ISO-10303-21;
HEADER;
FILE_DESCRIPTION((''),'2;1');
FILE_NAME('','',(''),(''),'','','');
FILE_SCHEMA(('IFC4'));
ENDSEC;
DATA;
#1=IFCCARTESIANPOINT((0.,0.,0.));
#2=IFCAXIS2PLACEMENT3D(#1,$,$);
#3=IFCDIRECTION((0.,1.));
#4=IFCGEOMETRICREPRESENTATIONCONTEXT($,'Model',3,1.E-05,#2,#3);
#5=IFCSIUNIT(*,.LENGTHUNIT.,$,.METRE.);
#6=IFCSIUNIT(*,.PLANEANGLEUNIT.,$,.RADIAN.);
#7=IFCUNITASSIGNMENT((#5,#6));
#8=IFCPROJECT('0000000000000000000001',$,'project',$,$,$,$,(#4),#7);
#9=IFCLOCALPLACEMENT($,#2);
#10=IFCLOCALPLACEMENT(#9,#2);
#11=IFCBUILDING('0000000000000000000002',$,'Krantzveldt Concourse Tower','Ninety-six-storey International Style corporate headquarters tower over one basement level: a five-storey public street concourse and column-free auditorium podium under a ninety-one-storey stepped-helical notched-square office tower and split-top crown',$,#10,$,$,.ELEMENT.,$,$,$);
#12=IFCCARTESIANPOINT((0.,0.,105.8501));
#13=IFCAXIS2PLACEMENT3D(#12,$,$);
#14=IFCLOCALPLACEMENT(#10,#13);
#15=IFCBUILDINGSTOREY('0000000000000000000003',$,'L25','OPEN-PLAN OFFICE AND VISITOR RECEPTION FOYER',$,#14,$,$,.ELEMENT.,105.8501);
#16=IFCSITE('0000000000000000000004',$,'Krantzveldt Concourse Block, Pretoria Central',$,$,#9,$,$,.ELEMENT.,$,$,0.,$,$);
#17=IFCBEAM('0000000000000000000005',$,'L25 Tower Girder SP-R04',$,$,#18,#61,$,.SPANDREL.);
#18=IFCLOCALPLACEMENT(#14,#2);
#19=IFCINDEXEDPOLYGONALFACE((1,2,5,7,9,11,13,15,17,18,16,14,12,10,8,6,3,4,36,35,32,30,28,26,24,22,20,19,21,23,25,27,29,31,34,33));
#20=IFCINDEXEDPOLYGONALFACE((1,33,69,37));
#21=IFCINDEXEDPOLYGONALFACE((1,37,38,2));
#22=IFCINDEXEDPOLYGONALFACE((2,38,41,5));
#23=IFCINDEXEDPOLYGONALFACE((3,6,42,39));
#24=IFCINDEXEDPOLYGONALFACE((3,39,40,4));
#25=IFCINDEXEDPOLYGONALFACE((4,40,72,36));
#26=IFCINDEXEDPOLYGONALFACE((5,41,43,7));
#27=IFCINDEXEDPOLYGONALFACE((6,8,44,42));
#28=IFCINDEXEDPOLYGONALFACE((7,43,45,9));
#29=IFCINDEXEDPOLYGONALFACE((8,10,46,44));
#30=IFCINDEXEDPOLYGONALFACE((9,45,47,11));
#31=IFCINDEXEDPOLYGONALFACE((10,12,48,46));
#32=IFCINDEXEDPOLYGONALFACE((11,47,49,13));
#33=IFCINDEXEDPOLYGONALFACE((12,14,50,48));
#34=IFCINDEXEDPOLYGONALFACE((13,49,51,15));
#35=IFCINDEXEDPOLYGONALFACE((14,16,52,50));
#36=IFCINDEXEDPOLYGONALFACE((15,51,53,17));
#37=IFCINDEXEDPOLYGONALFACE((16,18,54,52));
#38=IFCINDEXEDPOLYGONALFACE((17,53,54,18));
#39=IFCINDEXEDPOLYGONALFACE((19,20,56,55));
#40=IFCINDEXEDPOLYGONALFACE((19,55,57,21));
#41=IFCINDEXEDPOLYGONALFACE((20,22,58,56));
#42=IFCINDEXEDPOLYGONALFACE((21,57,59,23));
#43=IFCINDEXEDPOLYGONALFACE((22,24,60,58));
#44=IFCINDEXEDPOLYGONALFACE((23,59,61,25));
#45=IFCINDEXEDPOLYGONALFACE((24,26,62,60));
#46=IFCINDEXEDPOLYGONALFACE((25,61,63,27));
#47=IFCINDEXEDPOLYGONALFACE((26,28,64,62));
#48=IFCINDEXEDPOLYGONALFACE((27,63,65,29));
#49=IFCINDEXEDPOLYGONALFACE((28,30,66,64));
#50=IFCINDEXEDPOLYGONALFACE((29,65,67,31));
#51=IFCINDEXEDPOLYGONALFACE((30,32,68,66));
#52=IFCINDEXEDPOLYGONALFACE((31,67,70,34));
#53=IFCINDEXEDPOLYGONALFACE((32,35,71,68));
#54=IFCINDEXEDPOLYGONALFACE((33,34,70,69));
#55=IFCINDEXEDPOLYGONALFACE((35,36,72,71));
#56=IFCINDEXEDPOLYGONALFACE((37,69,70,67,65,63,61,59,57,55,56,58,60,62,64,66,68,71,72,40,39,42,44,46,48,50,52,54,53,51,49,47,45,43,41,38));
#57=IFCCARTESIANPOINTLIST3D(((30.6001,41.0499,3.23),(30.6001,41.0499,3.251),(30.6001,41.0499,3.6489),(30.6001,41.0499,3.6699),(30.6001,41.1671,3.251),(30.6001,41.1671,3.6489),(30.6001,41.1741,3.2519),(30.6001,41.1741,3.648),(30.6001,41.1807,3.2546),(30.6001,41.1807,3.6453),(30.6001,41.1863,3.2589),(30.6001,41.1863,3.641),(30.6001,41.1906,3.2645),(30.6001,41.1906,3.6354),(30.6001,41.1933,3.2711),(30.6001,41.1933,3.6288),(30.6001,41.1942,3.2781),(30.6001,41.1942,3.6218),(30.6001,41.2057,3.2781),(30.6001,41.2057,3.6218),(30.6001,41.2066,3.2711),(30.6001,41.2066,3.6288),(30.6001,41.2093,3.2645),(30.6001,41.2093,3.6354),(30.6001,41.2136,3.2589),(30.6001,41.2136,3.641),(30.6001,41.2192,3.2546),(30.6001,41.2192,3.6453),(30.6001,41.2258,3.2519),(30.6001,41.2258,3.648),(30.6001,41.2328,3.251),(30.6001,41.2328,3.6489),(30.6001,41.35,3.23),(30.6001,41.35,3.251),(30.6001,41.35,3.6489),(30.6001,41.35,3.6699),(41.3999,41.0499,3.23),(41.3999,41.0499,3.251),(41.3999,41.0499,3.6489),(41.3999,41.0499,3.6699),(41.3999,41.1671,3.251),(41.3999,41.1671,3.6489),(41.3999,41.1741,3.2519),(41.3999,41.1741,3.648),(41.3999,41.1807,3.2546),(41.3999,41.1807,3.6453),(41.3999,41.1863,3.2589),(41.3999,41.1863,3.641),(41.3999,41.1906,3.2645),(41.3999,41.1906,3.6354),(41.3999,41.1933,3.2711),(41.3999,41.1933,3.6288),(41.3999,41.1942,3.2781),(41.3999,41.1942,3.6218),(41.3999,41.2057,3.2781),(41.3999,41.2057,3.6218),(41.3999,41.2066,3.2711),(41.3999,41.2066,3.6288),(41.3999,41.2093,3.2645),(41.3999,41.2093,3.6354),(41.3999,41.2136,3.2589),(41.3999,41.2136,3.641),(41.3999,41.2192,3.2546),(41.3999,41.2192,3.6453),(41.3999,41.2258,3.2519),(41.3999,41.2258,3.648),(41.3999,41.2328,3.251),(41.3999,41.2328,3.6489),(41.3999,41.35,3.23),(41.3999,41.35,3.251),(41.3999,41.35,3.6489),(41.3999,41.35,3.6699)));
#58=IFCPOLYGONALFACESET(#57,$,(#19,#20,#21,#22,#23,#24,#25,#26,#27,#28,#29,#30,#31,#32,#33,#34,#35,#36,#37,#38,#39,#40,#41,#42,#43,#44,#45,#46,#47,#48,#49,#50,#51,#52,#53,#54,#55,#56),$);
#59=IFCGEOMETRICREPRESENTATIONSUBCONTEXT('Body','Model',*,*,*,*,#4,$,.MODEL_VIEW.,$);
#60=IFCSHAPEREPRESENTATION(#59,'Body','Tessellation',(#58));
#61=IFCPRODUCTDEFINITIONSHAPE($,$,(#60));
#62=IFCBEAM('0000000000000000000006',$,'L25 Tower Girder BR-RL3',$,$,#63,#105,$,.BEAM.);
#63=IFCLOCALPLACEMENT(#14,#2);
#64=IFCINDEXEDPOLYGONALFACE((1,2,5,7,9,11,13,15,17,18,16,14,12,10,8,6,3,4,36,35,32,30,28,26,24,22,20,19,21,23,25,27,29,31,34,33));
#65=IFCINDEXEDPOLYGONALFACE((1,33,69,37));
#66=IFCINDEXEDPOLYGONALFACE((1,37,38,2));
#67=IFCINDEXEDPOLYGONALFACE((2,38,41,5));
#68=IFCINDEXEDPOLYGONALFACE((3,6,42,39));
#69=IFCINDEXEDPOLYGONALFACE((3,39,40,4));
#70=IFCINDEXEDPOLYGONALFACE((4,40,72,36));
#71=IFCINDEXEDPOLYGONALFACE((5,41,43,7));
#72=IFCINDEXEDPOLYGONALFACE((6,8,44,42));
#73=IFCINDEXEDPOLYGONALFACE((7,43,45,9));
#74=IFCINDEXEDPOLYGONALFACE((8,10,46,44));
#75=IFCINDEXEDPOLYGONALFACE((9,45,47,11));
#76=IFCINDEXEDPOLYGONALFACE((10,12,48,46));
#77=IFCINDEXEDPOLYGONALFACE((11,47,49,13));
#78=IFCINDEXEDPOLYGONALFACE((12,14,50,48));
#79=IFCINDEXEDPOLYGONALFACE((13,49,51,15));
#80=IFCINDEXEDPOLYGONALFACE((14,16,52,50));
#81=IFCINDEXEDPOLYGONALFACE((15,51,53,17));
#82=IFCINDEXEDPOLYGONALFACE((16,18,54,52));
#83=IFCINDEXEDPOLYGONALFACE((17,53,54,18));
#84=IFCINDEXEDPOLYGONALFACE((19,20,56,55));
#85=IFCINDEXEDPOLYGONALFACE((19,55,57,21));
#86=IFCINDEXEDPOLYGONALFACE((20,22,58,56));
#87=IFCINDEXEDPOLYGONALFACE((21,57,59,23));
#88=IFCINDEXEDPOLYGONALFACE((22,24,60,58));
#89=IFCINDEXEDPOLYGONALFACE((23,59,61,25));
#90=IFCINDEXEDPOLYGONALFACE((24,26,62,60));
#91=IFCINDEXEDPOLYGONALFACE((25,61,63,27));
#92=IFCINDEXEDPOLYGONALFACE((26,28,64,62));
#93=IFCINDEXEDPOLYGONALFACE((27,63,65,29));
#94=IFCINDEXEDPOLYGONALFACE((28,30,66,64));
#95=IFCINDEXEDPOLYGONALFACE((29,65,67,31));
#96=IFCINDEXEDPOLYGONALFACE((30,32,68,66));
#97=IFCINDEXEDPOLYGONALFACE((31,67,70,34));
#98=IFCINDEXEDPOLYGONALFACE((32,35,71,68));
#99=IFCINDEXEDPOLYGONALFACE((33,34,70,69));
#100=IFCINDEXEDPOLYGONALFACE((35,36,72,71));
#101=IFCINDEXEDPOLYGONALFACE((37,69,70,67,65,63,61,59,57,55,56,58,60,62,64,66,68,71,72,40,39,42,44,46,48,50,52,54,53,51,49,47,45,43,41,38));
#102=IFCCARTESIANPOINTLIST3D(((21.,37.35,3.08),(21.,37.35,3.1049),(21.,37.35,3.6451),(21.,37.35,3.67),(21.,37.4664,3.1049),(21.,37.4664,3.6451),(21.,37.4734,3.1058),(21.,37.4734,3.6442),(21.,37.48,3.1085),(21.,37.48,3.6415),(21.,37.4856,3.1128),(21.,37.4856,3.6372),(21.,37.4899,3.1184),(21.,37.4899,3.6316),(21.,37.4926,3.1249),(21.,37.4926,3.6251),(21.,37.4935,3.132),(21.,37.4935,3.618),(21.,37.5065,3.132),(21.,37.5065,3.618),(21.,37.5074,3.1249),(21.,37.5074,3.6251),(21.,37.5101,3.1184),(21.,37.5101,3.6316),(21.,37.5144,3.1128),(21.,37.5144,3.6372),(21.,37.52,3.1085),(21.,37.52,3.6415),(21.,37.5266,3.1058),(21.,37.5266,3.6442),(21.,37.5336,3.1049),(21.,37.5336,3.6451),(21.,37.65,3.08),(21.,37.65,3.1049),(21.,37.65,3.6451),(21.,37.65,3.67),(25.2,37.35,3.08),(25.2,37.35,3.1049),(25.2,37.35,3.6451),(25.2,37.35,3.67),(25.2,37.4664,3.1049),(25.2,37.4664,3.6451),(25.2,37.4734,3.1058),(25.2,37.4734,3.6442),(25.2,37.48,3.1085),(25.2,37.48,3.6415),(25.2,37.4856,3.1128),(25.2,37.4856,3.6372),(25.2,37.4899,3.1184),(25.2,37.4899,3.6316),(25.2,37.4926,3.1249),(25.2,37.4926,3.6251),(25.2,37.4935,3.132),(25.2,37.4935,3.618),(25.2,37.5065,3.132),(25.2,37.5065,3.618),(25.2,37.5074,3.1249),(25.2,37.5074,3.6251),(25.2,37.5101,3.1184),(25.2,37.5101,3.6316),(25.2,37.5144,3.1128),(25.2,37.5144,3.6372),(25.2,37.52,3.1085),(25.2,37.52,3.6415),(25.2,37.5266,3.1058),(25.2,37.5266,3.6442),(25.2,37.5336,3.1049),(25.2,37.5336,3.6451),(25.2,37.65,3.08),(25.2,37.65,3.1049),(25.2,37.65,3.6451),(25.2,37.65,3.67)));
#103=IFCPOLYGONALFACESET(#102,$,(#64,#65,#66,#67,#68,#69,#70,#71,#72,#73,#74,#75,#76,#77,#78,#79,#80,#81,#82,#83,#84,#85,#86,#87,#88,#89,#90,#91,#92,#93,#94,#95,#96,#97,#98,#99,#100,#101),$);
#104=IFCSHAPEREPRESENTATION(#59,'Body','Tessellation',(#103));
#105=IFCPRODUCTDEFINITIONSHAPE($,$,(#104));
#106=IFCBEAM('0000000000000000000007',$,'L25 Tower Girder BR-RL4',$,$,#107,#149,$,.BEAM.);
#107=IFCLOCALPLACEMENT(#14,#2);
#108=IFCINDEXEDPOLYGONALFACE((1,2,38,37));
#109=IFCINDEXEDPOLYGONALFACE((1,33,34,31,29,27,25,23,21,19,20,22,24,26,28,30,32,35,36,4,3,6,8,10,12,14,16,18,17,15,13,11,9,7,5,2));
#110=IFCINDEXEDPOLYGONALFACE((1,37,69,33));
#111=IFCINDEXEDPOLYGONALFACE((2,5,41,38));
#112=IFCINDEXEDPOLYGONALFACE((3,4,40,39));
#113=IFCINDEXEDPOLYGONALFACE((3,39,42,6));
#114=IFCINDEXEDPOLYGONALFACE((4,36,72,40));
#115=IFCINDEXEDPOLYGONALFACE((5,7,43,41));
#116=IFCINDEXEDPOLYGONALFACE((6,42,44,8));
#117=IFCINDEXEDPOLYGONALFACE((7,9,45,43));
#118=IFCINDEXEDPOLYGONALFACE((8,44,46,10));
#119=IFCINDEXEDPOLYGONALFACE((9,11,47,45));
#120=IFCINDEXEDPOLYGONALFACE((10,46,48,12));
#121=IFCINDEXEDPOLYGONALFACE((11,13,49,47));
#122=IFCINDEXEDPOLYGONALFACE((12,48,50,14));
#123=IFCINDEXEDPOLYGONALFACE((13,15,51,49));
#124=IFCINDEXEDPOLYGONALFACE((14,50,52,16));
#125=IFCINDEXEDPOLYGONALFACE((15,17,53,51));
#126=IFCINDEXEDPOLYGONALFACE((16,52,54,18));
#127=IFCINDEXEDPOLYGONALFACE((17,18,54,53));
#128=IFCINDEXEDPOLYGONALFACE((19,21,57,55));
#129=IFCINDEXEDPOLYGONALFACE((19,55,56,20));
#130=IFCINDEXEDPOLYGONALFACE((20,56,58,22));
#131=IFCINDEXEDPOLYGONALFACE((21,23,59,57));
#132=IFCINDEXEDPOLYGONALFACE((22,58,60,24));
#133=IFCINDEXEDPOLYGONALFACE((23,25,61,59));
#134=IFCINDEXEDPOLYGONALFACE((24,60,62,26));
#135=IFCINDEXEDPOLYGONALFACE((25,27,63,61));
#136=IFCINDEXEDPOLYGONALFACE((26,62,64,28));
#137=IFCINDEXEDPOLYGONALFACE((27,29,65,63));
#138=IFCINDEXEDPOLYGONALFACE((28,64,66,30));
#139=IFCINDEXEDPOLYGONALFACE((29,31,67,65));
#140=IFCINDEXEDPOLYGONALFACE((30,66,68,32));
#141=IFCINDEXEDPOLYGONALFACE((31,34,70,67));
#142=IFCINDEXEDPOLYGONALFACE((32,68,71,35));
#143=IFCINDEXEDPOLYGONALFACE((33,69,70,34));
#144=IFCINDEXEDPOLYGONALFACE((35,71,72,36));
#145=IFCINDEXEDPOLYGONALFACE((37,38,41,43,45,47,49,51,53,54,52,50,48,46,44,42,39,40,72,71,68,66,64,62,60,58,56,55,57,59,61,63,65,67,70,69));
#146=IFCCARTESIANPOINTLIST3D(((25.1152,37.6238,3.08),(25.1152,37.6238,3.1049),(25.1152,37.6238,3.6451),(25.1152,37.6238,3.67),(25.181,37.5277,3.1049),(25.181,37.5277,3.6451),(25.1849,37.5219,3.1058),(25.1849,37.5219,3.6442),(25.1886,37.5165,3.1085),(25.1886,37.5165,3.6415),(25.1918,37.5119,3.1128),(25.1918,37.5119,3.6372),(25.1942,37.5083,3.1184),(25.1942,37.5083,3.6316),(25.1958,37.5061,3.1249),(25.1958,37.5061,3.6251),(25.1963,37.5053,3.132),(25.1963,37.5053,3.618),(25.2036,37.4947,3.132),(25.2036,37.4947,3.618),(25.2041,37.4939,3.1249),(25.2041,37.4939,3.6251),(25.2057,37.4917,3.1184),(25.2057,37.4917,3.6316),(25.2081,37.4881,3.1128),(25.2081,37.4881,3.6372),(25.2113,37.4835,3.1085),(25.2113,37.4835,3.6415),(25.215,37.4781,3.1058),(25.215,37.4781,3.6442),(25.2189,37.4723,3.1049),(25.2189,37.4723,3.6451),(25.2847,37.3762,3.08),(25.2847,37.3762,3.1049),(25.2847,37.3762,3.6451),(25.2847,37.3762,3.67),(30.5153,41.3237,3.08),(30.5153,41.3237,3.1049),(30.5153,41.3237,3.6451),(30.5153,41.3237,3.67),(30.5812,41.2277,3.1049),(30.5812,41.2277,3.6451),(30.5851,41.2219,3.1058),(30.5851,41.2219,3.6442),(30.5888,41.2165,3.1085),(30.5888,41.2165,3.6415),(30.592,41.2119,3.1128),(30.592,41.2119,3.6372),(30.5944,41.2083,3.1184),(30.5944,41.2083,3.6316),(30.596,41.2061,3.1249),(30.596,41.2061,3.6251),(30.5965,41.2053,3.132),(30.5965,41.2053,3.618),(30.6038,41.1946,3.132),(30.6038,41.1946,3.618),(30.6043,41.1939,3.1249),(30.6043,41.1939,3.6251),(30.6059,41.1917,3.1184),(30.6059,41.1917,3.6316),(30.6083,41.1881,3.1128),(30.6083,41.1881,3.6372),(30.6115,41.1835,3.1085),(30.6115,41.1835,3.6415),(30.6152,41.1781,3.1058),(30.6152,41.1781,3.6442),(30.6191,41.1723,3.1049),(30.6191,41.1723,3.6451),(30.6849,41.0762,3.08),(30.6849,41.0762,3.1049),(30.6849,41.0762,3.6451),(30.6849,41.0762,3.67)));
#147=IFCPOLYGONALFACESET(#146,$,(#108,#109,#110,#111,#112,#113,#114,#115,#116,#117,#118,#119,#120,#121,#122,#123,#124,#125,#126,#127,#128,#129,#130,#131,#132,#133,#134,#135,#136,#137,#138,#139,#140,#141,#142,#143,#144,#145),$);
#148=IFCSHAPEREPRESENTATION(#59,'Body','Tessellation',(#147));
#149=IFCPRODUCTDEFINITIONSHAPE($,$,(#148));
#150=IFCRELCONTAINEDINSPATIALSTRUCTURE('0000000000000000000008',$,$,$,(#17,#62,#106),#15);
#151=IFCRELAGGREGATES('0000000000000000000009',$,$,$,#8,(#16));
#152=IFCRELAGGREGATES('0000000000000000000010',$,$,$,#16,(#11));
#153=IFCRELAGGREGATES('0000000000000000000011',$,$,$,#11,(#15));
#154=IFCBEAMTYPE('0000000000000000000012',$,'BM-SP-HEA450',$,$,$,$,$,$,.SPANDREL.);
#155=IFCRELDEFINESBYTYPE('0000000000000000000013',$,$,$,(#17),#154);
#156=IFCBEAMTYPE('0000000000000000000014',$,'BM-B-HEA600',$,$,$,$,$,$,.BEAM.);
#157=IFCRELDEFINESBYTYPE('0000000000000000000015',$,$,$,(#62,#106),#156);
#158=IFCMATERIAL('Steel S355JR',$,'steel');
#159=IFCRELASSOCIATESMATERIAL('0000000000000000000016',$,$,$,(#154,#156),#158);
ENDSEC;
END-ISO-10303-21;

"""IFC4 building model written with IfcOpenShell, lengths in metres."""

from ifc_helpers import new_model, si_unit, direction, frame, origin, origin_2d, place, context, subcontext, project, spatial, i_section, extrude, source, transform, mapped, material, material_profile, profile_set, type_object, type_shapes, element, save


model = new_model("IFC4")

# Units and contexts
model_context = context("Model", 3, precision=1e-05, world=origin(), true_north=direction((0.0, 1.0)))
body_context = subcontext(model_context, "Body", "Model", "MODEL_VIEW")
ifc_project = project(units=[si_unit("LENGTHUNIT", "METRE"), si_unit("PLANEANGLEUNIT", "RADIAN")], contexts=[model_context])

# Site, building, storey
site_placement = place(None, origin())
site = spatial("IfcSite", under=ifc_project, at=site_placement, Name="Krantzveldt Concourse Block, Pretoria Central", CompositionType="ELEMENT", RefElevation=0.0)
building_placement = place(site_placement, origin())
building = spatial("IfcBuilding", under=site, at=building_placement, Name="Krantzveldt Concourse Tower", Description="Ninety-six-storey International Style corporate headquarters tower over one basement level: a five-storey public street concourse and column-free auditorium podium under a ninety-one-storey stepped-helical notched-square office tower and split-top crown", CompositionType="ELEMENT")
storey_placement = place(building_placement, frame((0.0, 0.0, 105.8501)))
storey = spatial("IfcBuildingStorey", under=building, at=storey_placement, Name="L25", Description="OPEN-PLAN OFFICE AND VISITOR RECEPTION FOYER", CompositionType="ELEMENT", Elevation=105.8501)

# Beams
ifc_material_1 = material(Name="Steel S355JR", Category="steel")
ifc_material_profile_1 = material_profile(ifc_material_1, i_section(OverallWidth=0.3, OverallDepth=0.4399, WebThickness=0.0115, FlangeThickness=0.021, FilletRadius=0.0271, at=origin_2d()), Name="Steel S355JR", Category="steel")
ifc_profile_set_1 = profile_set([ifc_material_profile_1], Name="Steel S355JR - HEA 450")
beam_type_1 = type_object("IfcBeamType", Name="BM-SP-HEA450", PredefinedType="SPANDREL", material=ifc_profile_set_1)
shared_shape_1 = source(origin(), body_context, "Body", "SweptSolid", [
    extrude(i_section(OverallWidth=0.3, OverallDepth=0.4399, WebThickness=0.0115, FlangeThickness=0.021, FilletRadius=0.0271, at=origin_2d()), origin(), (0.0, 0.0, 1.0), 10.7998),
])
beam_1_placement = place(storey_placement, frame((30.6001, 41.2, 3.45), z_axis=(1.0, 0.0, 0.0), x_axis=(0.0, 1.0, 0.0)))
element("IfcBeam", 1, at=beam_1_placement, inside=storey, type_object=beam_type_1, Name="L25 Tower Girder SP-R04", PredefinedType="SPANDREL", context=body_context, shape_type="MappedRepresentation", body=[
    mapped(shared_shape_1, transform((0.0, 0.0, 0.0), x_axis=(1.0, 0.0, 0.0), y_axis=(0.0, 1.0, 0.0), z_axis=(0.0, 0.0, 1.0), scale=1.0)),
])
ifc_material_profile_2 = material_profile(ifc_material_1, i_section(OverallWidth=0.3, OverallDepth=0.5901, WebThickness=0.0129, FlangeThickness=0.0249, FilletRadius=0.0271, at=origin_2d()), Name="Steel S355JR", Category="steel")
ifc_profile_set_2 = profile_set([ifc_material_profile_2], Name="Steel S355JR - HEA 600")
beam_type_2 = type_object("IfcBeamType", Name="BM-B-HEA600", PredefinedType="BEAM", material=ifc_profile_set_2)
shared_shape_2 = source(origin(), body_context, "Body", "SweptSolid", [
    extrude(i_section(OverallWidth=0.3, OverallDepth=0.5901, WebThickness=0.0129, FlangeThickness=0.0249, FilletRadius=0.0271, at=origin_2d()), origin(), (0.0, 0.0, 1.0), 4.2),
])
beam_2_placement = place(storey_placement, frame((21.0, 37.5, 3.375), z_axis=(1.0, 0.0, 0.0), x_axis=(0.0, 1.0, 0.0)))
element("IfcBeam", 2, at=beam_2_placement, inside=storey, type_object=beam_type_2, Name="L25 Tower Girder BR-RL3", PredefinedType="BEAM", context=body_context, shape_type="MappedRepresentation", body=[
    mapped(shared_shape_2, transform((0.0, 0.0, 0.0), x_axis=(1.0, 0.0, 0.0), y_axis=(0.0, 1.0, 0.0), z_axis=(0.0, 0.0, 1.0), scale=1.0)),
])
shared_shape_3 = source(origin(), body_context, "Body", "SweptSolid", [
    extrude(i_section(OverallWidth=0.3, OverallDepth=0.5901, WebThickness=0.0129, FlangeThickness=0.0249, FilletRadius=0.0271, at=origin_2d()), origin(), (0.0, 0.0, 1.0), 6.5461),
])
type_shapes(beam_type_2, [shared_shape_2, shared_shape_3])
beam_3_placement = place(storey_placement, frame((25.2, 37.5, 3.375), z_axis=(0.824943, 0.565216, 0.0), x_axis=(-0.565216, 0.824943, 0.0)))
element("IfcBeam", 3, at=beam_3_placement, inside=storey, type_object=beam_type_2, Name="L25 Tower Girder BR-RL4", PredefinedType="BEAM", context=body_context, shape_type="MappedRepresentation", body=[
    mapped(shared_shape_3, transform((0.0, 0.0, 0.0), x_axis=(1.0, 0.0, 0.0), y_axis=(0.0, 1.0, 0.0), z_axis=(0.0, 0.0, 1.0), scale=1.0)),
])

save(model, "model.ifc")
